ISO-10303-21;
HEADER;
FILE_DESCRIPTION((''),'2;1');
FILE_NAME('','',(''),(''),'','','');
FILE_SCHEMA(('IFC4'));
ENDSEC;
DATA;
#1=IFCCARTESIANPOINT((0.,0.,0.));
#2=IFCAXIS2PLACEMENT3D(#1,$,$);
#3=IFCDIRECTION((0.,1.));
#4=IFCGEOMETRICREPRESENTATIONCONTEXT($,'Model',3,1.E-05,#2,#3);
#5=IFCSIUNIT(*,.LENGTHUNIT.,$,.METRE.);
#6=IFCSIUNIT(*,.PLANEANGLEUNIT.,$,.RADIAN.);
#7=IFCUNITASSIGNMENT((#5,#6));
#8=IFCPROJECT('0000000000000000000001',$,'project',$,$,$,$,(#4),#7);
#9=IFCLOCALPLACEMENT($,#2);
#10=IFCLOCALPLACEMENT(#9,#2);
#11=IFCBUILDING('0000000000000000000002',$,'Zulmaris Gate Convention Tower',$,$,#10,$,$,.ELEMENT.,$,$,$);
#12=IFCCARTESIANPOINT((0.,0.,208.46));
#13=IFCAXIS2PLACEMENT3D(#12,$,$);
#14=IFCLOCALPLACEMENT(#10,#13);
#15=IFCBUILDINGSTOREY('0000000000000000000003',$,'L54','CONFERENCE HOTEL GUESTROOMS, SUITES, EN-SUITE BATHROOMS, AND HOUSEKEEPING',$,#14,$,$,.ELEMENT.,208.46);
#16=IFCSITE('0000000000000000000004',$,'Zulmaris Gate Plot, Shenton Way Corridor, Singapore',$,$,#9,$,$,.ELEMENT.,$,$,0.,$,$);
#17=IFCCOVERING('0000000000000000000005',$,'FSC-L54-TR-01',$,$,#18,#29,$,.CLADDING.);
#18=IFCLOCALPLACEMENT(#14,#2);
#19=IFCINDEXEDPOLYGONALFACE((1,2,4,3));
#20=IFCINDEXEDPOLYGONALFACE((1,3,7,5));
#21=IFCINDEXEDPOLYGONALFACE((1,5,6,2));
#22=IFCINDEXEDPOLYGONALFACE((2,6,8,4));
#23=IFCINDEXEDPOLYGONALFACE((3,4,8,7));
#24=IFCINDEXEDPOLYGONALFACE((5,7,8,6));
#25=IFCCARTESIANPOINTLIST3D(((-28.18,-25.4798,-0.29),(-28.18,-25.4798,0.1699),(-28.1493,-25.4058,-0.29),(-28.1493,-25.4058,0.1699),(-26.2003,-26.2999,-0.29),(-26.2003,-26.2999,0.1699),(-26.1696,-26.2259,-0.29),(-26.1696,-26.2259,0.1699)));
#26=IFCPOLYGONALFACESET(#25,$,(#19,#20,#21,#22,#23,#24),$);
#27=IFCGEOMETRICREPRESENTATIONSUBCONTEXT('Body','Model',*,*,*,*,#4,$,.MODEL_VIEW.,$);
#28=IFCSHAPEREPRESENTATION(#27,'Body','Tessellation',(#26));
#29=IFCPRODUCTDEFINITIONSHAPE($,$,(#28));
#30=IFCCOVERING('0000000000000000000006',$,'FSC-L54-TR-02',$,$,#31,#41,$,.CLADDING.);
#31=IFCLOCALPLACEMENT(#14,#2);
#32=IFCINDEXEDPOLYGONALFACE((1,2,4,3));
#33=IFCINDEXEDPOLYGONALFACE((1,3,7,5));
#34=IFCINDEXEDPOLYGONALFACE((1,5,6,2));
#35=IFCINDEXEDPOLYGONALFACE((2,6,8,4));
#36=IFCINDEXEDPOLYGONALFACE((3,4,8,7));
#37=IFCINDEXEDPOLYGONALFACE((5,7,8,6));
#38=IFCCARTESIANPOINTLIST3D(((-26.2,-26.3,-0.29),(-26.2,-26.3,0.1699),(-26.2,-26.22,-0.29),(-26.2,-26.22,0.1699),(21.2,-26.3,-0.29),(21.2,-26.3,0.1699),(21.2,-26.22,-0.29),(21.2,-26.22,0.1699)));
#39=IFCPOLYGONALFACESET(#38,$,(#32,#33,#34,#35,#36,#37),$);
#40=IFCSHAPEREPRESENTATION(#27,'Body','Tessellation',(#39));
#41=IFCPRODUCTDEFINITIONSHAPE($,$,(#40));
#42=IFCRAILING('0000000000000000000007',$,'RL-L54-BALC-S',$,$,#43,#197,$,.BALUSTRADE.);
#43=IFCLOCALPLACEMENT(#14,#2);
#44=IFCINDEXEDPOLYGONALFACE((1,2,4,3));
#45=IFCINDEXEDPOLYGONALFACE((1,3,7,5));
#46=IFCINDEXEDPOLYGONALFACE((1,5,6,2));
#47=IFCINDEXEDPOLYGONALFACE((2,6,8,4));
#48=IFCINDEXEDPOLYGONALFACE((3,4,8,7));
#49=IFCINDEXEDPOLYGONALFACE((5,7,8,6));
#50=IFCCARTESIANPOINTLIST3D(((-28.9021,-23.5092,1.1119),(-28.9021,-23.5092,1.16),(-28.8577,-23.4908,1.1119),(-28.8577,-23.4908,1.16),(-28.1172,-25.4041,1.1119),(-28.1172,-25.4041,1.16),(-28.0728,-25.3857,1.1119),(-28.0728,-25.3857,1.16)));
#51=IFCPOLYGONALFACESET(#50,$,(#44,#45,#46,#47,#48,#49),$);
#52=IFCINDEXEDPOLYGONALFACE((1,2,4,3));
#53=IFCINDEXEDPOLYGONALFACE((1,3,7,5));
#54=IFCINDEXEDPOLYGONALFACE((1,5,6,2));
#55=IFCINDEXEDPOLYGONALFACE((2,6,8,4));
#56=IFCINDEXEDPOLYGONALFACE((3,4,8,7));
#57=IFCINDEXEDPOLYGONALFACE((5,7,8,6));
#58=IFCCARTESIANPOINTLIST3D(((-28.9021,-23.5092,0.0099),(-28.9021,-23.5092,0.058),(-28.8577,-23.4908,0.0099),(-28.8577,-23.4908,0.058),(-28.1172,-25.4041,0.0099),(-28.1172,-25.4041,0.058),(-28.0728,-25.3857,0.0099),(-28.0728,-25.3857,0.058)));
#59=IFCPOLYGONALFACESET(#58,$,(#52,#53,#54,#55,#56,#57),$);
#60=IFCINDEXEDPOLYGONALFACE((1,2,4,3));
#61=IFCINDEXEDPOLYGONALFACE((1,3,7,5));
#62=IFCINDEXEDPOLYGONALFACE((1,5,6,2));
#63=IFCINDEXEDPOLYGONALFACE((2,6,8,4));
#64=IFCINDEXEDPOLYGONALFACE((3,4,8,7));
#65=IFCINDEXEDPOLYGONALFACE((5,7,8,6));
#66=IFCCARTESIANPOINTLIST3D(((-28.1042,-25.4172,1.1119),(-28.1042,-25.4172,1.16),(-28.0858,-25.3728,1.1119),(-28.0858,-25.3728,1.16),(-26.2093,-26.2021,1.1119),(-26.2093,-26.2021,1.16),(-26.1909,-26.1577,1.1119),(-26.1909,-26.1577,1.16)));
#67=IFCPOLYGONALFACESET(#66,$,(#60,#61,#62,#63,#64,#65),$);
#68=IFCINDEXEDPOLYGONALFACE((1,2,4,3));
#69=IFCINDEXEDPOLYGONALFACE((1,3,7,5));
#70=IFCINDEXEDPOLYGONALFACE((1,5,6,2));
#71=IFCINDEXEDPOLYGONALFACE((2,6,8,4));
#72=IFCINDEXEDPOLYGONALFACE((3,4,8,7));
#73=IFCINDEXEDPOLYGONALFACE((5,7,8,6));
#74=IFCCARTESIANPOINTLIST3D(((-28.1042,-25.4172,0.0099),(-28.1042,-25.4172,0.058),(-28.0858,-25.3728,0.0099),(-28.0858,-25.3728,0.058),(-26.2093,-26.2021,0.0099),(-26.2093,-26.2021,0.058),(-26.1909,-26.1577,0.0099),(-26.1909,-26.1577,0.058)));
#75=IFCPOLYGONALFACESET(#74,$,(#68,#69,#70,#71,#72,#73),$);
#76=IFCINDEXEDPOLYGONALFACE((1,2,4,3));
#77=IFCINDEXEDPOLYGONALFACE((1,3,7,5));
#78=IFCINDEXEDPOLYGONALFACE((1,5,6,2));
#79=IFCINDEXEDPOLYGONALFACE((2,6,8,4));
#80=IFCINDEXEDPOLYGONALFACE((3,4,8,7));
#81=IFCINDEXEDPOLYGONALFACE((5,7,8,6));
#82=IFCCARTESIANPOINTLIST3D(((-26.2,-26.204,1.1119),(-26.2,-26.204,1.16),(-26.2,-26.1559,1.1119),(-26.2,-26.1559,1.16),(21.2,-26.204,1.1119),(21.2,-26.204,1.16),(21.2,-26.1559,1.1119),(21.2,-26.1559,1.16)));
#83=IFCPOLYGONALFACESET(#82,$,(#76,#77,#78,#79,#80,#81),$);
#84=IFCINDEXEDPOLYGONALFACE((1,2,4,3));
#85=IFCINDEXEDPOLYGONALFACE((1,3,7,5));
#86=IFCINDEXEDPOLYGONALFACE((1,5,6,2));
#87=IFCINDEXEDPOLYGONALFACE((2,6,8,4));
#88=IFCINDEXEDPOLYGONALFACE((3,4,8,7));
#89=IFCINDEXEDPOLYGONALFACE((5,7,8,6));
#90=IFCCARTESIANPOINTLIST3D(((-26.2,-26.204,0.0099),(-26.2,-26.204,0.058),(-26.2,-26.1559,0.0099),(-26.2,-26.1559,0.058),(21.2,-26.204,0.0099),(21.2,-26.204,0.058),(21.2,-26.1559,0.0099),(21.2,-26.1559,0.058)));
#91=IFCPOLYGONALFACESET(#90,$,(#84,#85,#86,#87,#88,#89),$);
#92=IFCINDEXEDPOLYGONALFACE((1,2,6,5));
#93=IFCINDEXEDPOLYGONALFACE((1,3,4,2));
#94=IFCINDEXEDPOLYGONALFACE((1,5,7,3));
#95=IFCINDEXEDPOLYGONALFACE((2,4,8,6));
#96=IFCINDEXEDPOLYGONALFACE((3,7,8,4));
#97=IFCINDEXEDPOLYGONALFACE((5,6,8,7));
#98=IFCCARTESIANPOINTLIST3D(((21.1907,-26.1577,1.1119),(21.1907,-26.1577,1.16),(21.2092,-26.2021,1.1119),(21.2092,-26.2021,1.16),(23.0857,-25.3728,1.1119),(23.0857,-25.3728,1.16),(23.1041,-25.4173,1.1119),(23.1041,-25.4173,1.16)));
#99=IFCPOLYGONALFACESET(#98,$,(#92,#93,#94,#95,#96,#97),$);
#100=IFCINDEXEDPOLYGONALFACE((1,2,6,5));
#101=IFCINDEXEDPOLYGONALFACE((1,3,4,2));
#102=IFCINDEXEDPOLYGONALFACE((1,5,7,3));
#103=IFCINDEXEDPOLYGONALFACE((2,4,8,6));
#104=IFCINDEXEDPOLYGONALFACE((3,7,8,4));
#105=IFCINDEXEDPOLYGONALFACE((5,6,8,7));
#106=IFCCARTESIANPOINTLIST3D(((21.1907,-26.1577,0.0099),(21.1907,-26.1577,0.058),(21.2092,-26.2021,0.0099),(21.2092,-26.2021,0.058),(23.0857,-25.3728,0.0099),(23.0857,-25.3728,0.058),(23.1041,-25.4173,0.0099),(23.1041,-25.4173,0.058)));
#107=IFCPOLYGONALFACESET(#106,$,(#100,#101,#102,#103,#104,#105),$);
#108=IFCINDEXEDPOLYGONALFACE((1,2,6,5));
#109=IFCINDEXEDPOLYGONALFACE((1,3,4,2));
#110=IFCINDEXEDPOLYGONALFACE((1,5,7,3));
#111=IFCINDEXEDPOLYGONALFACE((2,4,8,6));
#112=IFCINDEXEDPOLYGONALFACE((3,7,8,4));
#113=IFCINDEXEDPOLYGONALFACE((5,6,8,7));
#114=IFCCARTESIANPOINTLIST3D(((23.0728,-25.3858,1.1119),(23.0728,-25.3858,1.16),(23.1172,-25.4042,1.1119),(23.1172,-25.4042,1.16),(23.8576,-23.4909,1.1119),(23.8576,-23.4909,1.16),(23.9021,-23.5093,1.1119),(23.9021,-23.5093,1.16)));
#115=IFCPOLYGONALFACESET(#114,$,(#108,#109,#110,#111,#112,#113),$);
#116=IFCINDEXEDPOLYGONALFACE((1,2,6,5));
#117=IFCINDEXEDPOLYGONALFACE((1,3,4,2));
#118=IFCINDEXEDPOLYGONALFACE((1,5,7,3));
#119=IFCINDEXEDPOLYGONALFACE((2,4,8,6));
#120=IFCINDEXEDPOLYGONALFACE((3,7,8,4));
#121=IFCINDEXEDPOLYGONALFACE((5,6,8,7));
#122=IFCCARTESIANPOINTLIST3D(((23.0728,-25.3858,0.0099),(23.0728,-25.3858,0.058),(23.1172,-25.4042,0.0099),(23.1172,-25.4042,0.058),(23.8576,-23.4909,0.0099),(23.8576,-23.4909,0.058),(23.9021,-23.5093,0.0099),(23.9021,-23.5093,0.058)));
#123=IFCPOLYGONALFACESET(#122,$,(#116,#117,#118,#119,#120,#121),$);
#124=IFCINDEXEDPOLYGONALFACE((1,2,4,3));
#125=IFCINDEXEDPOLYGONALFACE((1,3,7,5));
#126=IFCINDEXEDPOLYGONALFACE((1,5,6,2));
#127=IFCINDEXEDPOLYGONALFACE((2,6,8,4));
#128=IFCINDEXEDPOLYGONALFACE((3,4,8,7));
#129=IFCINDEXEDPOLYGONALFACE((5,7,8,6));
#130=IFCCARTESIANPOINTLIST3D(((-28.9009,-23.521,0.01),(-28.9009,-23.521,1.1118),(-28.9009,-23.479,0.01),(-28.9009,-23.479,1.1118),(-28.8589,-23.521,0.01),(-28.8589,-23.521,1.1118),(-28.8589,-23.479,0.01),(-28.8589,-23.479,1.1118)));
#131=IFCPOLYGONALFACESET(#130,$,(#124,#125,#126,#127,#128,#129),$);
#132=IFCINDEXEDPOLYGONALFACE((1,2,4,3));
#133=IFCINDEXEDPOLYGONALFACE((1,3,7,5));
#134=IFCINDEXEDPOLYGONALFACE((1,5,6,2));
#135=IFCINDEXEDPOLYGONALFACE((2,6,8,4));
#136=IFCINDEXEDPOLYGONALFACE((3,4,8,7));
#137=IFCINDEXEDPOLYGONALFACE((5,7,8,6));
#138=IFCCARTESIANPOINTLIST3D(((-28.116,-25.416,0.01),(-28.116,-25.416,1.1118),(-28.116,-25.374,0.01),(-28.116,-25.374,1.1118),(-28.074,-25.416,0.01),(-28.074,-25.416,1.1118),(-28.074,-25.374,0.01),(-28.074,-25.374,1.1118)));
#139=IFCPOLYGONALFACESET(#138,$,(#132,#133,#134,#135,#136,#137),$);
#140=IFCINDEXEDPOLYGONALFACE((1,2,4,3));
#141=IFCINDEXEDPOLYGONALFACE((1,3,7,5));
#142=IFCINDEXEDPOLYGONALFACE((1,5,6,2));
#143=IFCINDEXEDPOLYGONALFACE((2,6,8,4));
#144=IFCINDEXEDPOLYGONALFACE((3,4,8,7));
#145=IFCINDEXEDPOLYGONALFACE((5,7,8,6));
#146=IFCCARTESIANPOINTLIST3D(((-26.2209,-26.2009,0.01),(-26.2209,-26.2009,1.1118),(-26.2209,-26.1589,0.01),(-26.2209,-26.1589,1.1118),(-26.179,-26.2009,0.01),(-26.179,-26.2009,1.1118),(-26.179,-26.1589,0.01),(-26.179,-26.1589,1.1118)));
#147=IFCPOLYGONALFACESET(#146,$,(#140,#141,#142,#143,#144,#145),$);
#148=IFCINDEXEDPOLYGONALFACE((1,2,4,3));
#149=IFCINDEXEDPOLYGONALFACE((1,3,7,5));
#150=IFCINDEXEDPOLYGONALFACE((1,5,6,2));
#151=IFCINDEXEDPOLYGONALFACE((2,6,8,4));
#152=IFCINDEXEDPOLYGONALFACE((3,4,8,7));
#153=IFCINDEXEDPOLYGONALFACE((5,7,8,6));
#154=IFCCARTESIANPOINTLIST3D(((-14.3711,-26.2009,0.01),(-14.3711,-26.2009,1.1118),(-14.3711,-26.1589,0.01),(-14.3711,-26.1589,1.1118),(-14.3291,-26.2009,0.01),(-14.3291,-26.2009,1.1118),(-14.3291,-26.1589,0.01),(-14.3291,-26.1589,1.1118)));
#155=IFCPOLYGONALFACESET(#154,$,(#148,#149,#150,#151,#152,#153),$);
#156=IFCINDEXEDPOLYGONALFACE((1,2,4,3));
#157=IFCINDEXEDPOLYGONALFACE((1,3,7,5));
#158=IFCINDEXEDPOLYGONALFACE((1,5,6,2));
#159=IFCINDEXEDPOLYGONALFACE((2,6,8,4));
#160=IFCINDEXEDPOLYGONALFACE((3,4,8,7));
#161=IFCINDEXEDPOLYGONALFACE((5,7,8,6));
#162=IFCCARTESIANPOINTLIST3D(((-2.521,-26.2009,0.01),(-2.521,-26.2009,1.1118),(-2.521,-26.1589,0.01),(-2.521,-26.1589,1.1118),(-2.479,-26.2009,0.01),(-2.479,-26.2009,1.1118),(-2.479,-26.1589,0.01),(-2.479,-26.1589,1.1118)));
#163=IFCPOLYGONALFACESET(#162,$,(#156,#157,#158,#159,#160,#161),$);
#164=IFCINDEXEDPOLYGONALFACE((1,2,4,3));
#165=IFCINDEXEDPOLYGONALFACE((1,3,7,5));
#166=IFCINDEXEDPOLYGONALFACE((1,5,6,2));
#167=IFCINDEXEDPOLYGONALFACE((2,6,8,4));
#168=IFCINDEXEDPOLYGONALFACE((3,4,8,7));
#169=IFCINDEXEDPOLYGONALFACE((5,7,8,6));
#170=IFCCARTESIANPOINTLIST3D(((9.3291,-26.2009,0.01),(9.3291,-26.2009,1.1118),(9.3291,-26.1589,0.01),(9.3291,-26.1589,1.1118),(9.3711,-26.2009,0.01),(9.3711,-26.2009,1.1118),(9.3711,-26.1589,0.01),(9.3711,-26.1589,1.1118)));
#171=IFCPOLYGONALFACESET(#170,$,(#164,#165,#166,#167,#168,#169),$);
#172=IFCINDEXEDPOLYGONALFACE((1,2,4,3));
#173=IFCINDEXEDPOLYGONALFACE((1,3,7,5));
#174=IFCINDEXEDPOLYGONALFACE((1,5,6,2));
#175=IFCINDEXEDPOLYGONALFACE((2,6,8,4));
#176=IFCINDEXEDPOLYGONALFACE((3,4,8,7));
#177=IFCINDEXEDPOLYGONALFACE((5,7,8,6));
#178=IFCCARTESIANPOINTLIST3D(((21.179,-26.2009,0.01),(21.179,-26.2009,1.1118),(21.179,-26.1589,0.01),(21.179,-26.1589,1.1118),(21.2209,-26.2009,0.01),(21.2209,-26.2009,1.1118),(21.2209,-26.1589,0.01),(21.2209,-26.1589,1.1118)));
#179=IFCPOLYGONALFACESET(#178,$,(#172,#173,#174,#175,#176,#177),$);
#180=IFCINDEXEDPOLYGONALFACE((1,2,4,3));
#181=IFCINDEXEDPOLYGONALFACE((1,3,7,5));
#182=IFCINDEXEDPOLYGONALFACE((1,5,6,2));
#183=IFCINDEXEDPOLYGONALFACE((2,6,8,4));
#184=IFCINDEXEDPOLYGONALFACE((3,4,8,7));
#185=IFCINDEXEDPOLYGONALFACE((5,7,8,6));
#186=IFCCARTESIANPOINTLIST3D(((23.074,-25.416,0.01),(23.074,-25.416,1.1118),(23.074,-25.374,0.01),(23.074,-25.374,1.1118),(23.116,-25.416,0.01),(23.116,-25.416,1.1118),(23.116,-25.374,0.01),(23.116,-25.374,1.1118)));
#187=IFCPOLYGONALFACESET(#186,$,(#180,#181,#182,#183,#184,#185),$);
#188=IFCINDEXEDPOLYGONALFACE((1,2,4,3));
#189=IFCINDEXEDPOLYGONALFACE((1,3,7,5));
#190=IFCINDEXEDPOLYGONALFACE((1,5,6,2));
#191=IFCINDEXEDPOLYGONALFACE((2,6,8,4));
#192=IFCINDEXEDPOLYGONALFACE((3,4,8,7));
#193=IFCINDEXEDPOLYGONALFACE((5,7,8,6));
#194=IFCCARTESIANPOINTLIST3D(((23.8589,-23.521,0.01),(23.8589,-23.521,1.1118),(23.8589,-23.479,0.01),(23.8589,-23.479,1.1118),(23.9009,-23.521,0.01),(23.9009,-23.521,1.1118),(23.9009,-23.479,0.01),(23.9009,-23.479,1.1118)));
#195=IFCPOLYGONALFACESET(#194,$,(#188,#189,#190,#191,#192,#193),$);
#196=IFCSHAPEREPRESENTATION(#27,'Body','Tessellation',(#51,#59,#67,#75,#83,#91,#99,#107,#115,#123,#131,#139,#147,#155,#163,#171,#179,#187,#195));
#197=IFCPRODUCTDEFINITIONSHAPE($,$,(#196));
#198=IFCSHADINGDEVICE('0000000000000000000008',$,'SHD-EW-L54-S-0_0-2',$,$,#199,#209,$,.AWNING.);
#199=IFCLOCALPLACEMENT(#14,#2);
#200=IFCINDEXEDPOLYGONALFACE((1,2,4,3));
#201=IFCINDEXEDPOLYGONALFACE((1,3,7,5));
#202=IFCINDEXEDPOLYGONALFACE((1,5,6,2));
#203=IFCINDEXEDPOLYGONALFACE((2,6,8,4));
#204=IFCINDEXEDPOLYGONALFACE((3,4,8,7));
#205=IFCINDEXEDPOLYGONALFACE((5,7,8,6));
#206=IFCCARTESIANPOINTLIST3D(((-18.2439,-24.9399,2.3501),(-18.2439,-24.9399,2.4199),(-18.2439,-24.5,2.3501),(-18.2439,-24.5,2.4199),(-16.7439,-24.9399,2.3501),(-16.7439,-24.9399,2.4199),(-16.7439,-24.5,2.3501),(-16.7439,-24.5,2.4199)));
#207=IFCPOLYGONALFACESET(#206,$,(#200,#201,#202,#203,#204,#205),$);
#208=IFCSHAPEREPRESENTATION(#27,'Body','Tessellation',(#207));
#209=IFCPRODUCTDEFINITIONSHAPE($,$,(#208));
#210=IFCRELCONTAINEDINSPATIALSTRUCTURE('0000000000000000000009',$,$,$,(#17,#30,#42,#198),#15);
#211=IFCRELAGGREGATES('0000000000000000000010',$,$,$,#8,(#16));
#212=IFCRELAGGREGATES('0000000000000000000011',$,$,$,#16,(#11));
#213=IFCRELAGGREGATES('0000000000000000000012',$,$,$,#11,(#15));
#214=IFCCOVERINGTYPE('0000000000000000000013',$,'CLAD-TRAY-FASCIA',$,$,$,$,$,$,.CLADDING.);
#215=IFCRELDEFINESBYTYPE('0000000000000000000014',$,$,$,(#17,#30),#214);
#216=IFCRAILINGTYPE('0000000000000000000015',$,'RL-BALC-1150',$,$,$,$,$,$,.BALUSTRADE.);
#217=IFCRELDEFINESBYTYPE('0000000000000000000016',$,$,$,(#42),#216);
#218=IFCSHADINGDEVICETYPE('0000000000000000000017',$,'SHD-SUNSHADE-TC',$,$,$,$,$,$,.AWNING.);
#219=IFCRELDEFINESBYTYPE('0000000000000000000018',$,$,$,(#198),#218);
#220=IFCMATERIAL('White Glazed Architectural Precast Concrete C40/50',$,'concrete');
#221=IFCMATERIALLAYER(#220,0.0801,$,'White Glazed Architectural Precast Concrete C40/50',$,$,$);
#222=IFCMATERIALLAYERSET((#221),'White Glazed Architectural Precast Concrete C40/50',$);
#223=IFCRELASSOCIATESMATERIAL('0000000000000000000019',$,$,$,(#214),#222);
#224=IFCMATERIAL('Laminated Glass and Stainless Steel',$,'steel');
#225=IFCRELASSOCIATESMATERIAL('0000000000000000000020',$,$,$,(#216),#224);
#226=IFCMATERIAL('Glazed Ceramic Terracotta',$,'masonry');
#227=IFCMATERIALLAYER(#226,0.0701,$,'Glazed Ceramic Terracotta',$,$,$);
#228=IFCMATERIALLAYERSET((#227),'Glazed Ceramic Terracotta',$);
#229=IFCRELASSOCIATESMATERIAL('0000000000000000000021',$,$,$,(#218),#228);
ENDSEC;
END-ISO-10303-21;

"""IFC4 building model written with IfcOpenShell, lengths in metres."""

from ifc_helpers import new_model, si_unit, direction, frame, frame_2d, origin, origin_2d, place, context, subcontext, project, spatial, rectangle, extrude, material, layer, layer_set, type_object, element, save


model = new_model("IFC4")

# Units and contexts
model_context = context("Model", 3, precision=1e-05, world=origin(), true_north=direction((0.0, 1.0)))
body_context = subcontext(model_context, "Body", "Model", "MODEL_VIEW")
ifc_project = project(units=[si_unit("LENGTHUNIT", "METRE"), si_unit("PLANEANGLEUNIT", "RADIAN")], contexts=[model_context])

# Site, building, storey
site_placement = place(None, origin())
site = spatial("IfcSite", under=ifc_project, at=site_placement, Name="Zulmaris Gate Plot, Shenton Way Corridor, Singapore", CompositionType="ELEMENT", RefElevation=0.0)
building_placement = place(site_placement, origin())
building = spatial("IfcBuilding", under=site, at=building_placement, Name="Zulmaris Gate Convention Tower", CompositionType="ELEMENT")
storey_placement = place(building_placement, frame((0.0, 0.0, 208.46)))
storey = spatial("IfcBuildingStorey", under=building, at=storey_placement, Name="L54", Description="CONFERENCE HOTEL GUESTROOMS, SUITES, EN-SUITE BATHROOMS, AND HOUSEKEEPING", CompositionType="ELEMENT", Elevation=208.46)

# Coverings
ifc_material_1 = material(Name="White Glazed Architectural Precast Concrete C40/50", Category="concrete")
ifc_layer_1 = layer(ifc_material_1, 0.0801, Name="White Glazed Architectural Precast Concrete C40/50")
ifc_layer_set_1 = layer_set([ifc_layer_1], Name="White Glazed Architectural Precast Concrete C40/50")
covering_type_1 = type_object("IfcCoveringType", Name="CLAD-TRAY-FASCIA", PredefinedType="CLADDING", material=ifc_layer_set_1)
covering_1_placement = place(storey_placement, frame((-28.1646, -25.4429, -0.29), z_axis=(0.0, 0.0, 1.0), x_axis=(0.923874, -0.382697, 0.0)))
element("IfcCovering", 1, at=covering_1_placement, inside=storey, type_object=covering_type_1, Name="FSC-L54-TR-01", PredefinedType="CLADDING", context=body_context, shape_type="SweptSolid", body=[
    extrude(rectangle(XDim=2.1428, YDim=0.0801, at=frame_2d((1.0713, 0.0))), origin(), (0.0, 0.0, 1.0), 0.46),
])
covering_2_placement = place(storey_placement, frame((-26.2, -26.26, -0.29), z_axis=(0.0, 0.0, 1.0), x_axis=(1.0, 0.0, 0.0)))
element("IfcCovering", 2, at=covering_2_placement, inside=storey, type_object=covering_type_1, Name="FSC-L54-TR-02", PredefinedType="CLADDING", context=body_context, shape_type="SweptSolid", body=[
    extrude(rectangle(XDim=47.3999, YDim=0.0801, at=frame_2d((23.7, 0.0))), origin(), (0.0, 0.0, 1.0), 0.46),
])

# Railing
ifc_material_2 = material(Name="Laminated Glass and Stainless Steel", Category="steel")
railing_type = type_object("IfcRailingType", Name="RL-BALC-1150", PredefinedType="BALUSTRADE", material=ifc_material_2)
railing_placement = place(storey_placement, frame((-28.8799, -23.5, 0.01)))
element("IfcRailing", 3, at=railing_placement, inside=storey, type_object=railing_type, Name="RL-L54-BALC-S", PredefinedType="BALUSTRADE", context=body_context, shape_type="SweptSolid", body=[
    extrude(rectangle(XDim=0.0481, YDim=0.0481, at=origin_2d()), frame((0.0, 0.0, 1.126), z_axis=(0.382671, -0.923885, 0.0), x_axis=(0.923885, 0.382671, 0.0)), (0.0, 0.0, 1.0), 2.051),
    extrude(rectangle(XDim=0.0481, YDim=0.0481, at=origin_2d()), frame((0.0, 0.0, 0.0239), z_axis=(0.382671, -0.923885, 0.0), x_axis=(0.923885, 0.382671, 0.0)), (0.0, 0.0, 1.0), 2.051),
    extrude(rectangle(XDim=0.0481, YDim=0.0481, at=origin_2d()), frame((0.7849, -1.895, 1.126), z_axis=(0.923885, -0.382671, 0.0), x_axis=(0.382671, 0.923885, 0.0)), (0.0, 0.0, 1.0), 2.051),
    extrude(rectangle(XDim=0.0481, YDim=0.0481, at=origin_2d()), frame((0.7849, -1.895, 0.0239), z_axis=(0.923885, -0.382671, 0.0), x_axis=(0.382671, 0.923885, 0.0)), (0.0, 0.0, 1.0), 2.051),
    extrude(rectangle(XDim=0.0481, YDim=0.0481, at=origin_2d()), frame((2.6799, -2.6799, 1.126), z_axis=(1.0, 0.0, 0.0), x_axis=(0.0, 1.0, 0.0)), (0.0, 0.0, 1.0), 47.3999),
    extrude(rectangle(XDim=0.0481, YDim=0.0481, at=origin_2d()), frame((2.6799, -2.6799, 0.0239), z_axis=(1.0, 0.0, 0.0), x_axis=(0.0, 1.0, 0.0)), (0.0, 0.0, 1.0), 47.3999),
    extrude(rectangle(XDim=0.0481, YDim=0.0481, at=origin_2d()), frame((50.0798, -2.6799, 1.126), z_axis=(0.923885, 0.382671, 0.0), x_axis=(-0.382671, 0.923885, 0.0)), (0.0, 0.0, 1.0), 2.051),
    extrude(rectangle(XDim=0.0481, YDim=0.0481, at=origin_2d()), frame((50.0798, -2.6799, 0.0239), z_axis=(0.923885, 0.382671, 0.0), x_axis=(-0.382671, 0.923885, 0.0)), (0.0, 0.0, 1.0), 2.051),
    extrude(rectangle(XDim=0.0481, YDim=0.0481, at=origin_2d()), frame((51.9749, -1.895, 1.126), z_axis=(0.382671, 0.923885, 0.0), x_axis=(-0.923885, 0.382671, 0.0)), (0.0, 0.0, 1.0), 2.051),
    extrude(rectangle(XDim=0.0481, YDim=0.0481, at=origin_2d()), frame((51.9749, -1.895, 0.0239), z_axis=(0.382671, 0.923885, 0.0), x_axis=(-0.923885, 0.382671, 0.0)), (0.0, 0.0, 1.0), 2.051),
    extrude(rectangle(XDim=0.042, YDim=0.042, at=origin_2d()), origin(), (0.0, 0.0, 1.0), 1.1018),
    extrude(rectangle(XDim=0.042, YDim=0.042, at=origin_2d()), frame((0.7849, -1.895, 0.0)), (0.0, 0.0, 1.0), 1.1018),
    extrude(rectangle(XDim=0.042, YDim=0.042, at=origin_2d()), frame((2.6799, -2.6799, 0.0)), (0.0, 0.0, 1.0), 1.1018),
    extrude(rectangle(XDim=0.042, YDim=0.042, at=origin_2d()), frame((14.5298, -2.6799, 0.0)), (0.0, 0.0, 1.0), 1.1018),
    extrude(rectangle(XDim=0.042, YDim=0.042, at=origin_2d()), frame((26.3799, -2.6799, 0.0)), (0.0, 0.0, 1.0), 1.1018),
    extrude(rectangle(XDim=0.042, YDim=0.042, at=origin_2d()), frame((38.23, -2.6799, 0.0)), (0.0, 0.0, 1.0), 1.1018),
    extrude(rectangle(XDim=0.042, YDim=0.042, at=origin_2d()), frame((50.0798, -2.6799, 0.0)), (0.0, 0.0, 1.0), 1.1018),
    extrude(rectangle(XDim=0.042, YDim=0.042, at=origin_2d()), frame((51.9749, -1.895, 0.0)), (0.0, 0.0, 1.0), 1.1018),
    extrude(rectangle(XDim=0.042, YDim=0.042, at=origin_2d()), frame((52.7598, 0.0, 0.0)), (0.0, 0.0, 1.0), 1.1018),
])

# Shading device
ifc_material_3 = material(Name="Glazed Ceramic Terracotta", Category="masonry")
ifc_layer_2 = layer(ifc_material_3, 0.0701, Name="Glazed Ceramic Terracotta")
ifc_layer_set_2 = layer_set([ifc_layer_2], Name="Glazed Ceramic Terracotta")
shading_device_type = type_object("IfcShadingDeviceType", Name="SHD-SUNSHADE-TC", PredefinedType="AWNING", material=ifc_layer_set_2)
shading_device_placement = place(storey_placement, frame((-18.2439, -24.72, 2.3501), z_axis=(0.0, 0.0, 1.0), x_axis=(1.0, 0.0, 0.0)))
element("IfcShadingDevice", 4, at=shading_device_placement, inside=storey, type_object=shading_device_type, Name="SHD-EW-L54-S-0_0-2", PredefinedType="AWNING", context=body_context, shape_type="SweptSolid", body=[
    extrude(rectangle(XDim=1.5, YDim=0.4399, at=frame_2d((0.75, 0.0))), origin(), (0.0, 0.0, 1.0), 0.0698),
])

save(model, "model.ifc")
